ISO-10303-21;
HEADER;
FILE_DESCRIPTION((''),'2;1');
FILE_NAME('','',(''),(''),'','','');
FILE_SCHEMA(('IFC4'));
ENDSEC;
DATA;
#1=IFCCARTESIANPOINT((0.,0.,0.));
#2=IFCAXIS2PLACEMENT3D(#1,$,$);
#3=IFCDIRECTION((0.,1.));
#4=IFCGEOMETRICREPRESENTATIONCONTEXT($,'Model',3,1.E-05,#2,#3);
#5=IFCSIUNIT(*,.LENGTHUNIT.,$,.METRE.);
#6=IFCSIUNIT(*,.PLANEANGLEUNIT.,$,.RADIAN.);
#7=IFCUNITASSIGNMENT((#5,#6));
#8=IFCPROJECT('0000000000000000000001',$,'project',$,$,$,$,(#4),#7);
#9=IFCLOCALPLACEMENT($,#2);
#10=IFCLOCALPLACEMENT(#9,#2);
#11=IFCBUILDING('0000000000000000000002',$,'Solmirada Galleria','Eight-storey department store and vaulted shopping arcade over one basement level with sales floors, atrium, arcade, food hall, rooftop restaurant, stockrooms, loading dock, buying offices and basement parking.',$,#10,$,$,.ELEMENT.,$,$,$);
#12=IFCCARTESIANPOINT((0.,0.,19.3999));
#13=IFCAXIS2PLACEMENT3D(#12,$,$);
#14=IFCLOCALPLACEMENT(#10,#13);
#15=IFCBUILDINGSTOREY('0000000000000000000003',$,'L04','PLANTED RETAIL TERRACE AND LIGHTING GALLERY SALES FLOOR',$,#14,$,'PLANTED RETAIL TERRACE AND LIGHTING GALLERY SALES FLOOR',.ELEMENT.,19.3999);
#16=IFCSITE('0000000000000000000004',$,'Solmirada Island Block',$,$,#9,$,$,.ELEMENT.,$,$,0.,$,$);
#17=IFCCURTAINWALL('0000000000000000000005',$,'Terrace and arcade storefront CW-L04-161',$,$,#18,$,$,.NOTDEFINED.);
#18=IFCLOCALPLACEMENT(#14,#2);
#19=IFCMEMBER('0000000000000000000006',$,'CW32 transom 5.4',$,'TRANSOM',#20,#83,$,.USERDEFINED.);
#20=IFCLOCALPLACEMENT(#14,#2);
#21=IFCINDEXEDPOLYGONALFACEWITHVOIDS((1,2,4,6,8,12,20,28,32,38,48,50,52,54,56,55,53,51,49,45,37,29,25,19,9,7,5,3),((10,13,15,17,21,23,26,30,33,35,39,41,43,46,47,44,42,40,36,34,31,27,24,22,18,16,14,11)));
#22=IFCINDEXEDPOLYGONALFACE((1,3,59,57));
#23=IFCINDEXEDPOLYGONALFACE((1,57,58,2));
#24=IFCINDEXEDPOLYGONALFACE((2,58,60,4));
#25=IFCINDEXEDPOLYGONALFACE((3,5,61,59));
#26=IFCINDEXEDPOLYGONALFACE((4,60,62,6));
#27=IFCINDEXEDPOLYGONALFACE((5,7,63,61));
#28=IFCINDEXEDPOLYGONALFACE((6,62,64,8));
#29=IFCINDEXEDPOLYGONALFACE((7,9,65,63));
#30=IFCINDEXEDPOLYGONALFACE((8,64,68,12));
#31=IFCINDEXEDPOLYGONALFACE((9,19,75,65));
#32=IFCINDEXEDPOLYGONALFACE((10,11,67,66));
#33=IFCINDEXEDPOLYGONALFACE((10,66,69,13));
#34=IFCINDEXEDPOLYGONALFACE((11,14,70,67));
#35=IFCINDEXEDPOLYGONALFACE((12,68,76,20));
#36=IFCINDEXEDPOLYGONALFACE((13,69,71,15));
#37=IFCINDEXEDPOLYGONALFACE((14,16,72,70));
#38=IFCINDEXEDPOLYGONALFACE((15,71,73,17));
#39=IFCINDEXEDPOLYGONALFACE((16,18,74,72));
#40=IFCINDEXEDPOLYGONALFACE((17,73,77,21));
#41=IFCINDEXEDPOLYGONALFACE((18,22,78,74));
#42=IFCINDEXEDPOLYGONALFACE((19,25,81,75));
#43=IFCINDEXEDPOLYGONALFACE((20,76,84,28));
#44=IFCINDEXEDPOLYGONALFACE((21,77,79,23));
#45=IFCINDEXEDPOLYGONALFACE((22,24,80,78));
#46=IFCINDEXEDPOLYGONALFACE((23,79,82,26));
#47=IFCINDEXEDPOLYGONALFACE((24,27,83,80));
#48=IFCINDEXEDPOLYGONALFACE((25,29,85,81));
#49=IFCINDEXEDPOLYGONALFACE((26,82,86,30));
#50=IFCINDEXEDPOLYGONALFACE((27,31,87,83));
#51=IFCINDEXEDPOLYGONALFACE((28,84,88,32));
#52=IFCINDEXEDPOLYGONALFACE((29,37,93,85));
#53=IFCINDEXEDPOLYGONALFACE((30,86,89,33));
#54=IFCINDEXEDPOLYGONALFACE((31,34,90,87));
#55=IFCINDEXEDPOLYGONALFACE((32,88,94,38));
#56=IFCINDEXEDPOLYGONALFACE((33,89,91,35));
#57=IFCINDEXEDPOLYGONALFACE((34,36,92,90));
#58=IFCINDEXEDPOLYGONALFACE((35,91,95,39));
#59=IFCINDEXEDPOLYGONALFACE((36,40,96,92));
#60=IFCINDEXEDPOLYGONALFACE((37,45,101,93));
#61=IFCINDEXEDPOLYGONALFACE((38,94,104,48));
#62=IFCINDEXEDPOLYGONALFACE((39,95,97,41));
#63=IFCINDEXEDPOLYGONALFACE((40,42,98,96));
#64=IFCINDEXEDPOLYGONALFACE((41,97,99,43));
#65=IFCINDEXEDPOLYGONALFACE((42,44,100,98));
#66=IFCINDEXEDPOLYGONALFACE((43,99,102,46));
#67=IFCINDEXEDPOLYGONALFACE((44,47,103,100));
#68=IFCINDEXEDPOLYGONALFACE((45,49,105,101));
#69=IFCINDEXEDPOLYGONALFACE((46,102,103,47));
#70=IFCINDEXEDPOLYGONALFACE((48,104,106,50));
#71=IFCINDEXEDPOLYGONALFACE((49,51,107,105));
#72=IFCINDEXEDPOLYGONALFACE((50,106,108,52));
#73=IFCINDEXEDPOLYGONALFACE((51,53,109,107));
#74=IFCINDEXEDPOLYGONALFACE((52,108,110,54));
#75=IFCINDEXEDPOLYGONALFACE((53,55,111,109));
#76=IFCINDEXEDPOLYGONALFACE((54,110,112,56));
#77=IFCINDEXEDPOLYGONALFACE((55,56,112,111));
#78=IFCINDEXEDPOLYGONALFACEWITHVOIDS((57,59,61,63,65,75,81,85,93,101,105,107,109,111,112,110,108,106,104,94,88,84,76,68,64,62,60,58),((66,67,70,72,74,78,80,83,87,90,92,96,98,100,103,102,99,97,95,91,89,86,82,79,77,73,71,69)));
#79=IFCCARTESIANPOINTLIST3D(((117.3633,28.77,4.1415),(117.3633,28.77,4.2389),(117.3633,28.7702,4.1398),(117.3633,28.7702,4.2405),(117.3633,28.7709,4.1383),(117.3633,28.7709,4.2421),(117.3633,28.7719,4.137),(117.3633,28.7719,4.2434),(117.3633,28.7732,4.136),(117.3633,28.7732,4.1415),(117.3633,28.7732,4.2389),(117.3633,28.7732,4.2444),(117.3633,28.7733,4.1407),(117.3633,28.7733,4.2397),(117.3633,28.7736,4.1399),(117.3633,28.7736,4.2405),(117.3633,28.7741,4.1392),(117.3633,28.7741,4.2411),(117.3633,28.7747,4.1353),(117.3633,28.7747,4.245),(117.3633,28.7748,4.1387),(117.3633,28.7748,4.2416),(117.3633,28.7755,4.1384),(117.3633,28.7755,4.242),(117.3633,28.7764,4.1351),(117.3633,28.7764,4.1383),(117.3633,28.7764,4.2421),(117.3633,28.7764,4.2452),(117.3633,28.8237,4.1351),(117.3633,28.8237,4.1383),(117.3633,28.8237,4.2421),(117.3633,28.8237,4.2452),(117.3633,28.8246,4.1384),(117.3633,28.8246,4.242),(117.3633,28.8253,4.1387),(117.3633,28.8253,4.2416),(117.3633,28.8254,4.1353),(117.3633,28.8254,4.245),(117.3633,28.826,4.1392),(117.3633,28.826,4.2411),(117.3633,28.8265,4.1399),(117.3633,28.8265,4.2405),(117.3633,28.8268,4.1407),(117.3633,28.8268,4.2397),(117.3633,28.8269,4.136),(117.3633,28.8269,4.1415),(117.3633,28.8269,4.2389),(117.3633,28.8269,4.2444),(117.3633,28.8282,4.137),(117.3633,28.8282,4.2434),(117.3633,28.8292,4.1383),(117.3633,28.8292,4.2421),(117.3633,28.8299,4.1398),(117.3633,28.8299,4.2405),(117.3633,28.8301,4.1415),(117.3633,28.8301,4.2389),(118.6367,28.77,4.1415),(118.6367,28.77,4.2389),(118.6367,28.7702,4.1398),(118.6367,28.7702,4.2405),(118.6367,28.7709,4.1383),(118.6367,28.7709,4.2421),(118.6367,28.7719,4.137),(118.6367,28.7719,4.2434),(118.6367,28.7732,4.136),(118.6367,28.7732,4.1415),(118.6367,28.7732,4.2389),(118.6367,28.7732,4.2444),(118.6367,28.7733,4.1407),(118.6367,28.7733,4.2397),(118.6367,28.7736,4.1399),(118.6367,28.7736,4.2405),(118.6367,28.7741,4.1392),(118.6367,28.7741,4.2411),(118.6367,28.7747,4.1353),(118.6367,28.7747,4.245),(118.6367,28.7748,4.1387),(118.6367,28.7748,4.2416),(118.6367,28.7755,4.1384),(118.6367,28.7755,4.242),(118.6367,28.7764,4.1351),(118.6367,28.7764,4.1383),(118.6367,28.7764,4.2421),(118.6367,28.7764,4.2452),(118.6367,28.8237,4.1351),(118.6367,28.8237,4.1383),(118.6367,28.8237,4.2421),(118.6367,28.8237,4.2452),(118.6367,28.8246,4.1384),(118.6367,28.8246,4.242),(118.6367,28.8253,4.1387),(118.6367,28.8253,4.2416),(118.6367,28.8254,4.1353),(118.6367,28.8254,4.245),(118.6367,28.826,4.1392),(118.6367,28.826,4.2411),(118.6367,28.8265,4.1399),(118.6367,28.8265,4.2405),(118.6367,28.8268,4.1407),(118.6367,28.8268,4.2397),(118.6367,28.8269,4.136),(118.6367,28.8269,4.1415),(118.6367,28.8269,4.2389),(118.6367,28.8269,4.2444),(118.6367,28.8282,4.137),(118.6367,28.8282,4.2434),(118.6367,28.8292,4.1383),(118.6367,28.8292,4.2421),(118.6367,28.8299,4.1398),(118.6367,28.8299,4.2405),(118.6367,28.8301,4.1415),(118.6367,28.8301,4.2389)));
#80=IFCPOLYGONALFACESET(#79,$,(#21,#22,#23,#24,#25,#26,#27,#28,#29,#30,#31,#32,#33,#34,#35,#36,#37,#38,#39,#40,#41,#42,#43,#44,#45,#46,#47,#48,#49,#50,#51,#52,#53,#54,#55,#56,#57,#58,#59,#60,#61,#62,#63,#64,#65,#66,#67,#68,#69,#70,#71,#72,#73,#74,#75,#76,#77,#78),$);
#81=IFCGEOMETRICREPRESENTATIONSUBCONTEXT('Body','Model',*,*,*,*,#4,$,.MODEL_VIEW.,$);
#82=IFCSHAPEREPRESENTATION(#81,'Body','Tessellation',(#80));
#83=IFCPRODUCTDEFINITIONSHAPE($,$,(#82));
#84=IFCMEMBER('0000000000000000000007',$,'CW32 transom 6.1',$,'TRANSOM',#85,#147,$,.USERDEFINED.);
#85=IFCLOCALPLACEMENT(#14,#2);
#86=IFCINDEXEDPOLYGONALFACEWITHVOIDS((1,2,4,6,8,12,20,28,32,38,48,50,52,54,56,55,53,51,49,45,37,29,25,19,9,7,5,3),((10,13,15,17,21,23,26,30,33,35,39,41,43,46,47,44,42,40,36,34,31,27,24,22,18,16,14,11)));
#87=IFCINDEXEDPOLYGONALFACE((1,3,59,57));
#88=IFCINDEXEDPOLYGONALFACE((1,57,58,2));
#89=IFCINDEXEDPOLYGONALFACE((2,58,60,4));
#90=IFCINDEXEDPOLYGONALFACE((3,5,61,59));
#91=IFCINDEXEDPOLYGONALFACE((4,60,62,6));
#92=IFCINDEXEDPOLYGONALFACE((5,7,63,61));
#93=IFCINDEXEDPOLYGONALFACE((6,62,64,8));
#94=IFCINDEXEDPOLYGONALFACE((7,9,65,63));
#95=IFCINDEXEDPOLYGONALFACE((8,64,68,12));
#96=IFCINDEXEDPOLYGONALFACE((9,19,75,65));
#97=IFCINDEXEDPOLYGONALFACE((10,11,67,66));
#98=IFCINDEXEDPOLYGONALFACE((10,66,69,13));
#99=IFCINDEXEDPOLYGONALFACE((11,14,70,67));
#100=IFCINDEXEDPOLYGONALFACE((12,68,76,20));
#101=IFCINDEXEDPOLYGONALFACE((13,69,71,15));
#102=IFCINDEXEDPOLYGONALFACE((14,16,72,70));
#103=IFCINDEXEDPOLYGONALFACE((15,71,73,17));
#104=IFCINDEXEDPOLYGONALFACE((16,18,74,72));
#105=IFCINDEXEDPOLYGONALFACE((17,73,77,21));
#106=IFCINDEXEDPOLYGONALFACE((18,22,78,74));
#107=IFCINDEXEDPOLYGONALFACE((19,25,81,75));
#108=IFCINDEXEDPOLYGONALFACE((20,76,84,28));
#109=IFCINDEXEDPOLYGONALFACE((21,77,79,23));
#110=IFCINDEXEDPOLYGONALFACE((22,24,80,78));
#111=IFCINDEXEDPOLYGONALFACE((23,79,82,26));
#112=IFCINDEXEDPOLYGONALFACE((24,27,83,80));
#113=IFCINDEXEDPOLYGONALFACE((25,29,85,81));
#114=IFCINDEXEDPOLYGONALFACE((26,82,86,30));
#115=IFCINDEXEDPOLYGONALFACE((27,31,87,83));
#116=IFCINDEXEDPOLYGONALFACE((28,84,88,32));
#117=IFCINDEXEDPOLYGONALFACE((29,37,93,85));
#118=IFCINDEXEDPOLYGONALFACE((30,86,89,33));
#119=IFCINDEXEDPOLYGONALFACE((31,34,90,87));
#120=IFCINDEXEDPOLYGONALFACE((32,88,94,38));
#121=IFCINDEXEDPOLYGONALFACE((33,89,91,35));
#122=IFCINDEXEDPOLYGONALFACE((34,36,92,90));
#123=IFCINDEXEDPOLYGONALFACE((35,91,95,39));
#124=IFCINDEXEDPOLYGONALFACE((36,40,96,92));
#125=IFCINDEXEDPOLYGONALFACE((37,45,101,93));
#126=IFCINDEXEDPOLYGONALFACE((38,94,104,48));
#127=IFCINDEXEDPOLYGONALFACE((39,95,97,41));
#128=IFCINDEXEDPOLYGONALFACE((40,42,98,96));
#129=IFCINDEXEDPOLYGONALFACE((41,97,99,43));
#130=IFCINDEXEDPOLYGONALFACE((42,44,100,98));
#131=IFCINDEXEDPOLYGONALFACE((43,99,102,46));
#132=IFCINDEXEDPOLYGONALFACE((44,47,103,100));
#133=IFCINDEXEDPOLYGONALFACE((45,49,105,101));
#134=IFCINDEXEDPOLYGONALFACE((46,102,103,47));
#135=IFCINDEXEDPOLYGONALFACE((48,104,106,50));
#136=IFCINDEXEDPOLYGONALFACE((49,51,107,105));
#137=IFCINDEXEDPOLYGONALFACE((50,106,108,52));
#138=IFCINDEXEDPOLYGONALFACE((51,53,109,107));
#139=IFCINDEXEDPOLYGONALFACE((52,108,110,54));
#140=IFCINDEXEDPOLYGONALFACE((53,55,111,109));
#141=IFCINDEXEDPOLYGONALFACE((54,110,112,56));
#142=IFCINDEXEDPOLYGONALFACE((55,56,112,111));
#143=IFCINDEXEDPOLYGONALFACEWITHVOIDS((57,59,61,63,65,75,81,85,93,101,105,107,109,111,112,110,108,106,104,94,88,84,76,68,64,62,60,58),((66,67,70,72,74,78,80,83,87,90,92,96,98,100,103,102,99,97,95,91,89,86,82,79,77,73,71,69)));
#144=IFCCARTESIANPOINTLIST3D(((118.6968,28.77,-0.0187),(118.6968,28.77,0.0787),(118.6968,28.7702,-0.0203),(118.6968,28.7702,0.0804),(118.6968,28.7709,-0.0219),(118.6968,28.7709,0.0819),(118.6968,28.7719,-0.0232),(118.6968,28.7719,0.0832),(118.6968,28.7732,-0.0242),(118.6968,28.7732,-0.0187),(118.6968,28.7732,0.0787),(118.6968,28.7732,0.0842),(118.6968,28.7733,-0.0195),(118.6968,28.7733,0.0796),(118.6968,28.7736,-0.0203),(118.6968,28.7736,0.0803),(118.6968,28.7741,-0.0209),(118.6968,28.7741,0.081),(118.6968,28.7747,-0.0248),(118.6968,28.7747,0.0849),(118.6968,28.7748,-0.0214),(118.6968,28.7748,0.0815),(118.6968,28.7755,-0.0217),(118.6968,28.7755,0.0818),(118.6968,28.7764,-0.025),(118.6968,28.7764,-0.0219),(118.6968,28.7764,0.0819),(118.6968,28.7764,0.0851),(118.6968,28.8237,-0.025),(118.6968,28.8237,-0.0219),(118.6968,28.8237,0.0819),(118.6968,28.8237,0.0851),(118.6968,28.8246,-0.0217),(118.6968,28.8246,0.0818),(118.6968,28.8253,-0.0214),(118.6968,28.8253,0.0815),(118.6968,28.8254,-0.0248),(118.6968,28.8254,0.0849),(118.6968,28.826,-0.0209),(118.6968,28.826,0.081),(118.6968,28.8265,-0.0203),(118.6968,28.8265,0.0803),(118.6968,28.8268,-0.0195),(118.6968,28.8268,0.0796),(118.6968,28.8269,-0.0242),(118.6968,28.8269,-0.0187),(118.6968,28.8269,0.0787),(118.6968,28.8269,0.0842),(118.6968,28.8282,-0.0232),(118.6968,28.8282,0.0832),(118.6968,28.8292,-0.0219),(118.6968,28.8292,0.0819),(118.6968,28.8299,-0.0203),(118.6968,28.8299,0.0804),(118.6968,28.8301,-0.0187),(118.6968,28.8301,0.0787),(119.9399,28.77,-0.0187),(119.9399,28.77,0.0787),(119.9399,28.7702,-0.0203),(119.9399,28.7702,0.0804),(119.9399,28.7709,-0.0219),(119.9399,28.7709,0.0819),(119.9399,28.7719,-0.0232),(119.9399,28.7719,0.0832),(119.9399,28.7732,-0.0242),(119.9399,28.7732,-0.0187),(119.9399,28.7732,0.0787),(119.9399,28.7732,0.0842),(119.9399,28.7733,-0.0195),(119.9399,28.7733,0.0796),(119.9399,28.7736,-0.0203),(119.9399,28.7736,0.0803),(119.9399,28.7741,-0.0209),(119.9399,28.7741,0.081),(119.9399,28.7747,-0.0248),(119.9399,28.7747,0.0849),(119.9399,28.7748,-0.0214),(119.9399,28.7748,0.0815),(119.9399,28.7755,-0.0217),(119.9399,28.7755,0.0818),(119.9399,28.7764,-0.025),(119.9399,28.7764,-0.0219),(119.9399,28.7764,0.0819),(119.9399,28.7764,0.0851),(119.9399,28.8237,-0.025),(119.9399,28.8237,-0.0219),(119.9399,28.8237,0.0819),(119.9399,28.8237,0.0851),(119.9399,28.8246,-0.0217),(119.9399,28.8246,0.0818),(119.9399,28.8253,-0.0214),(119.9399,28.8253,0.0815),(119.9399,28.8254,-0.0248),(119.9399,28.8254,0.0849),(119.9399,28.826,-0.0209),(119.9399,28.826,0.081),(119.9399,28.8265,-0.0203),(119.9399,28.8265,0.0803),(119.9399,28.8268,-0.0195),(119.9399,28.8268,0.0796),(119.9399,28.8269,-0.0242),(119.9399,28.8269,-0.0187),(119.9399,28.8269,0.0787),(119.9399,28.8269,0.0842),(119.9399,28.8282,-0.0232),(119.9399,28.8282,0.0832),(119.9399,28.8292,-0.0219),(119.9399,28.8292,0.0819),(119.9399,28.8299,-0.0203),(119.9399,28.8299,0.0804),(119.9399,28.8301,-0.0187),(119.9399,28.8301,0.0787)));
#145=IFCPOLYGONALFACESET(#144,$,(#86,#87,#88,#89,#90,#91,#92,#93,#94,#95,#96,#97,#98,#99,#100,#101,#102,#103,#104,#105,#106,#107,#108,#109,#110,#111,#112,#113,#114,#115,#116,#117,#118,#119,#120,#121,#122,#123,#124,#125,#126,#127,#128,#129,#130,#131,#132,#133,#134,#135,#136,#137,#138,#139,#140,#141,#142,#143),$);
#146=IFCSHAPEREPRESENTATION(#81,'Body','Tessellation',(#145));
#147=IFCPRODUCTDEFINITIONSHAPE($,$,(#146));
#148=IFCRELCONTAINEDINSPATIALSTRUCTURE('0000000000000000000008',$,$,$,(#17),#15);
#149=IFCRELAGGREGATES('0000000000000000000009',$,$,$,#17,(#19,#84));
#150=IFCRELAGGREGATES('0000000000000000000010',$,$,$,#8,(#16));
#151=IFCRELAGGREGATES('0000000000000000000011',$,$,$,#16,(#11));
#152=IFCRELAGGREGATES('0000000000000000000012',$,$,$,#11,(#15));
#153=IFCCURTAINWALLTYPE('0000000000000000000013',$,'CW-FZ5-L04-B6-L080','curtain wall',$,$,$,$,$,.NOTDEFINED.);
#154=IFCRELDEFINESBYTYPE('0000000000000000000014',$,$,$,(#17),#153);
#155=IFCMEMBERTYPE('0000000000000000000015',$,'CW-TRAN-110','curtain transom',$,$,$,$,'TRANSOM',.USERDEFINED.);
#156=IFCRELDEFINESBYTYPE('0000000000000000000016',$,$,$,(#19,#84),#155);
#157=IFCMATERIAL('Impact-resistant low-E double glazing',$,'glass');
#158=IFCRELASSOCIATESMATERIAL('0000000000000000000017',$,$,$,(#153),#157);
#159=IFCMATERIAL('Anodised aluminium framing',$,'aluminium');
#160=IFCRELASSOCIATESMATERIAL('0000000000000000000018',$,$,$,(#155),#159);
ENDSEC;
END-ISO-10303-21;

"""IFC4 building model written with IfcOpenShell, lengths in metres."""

from ifc_helpers import new_model, si_unit, direction, frame, origin, origin_2d, place, context, subcontext, project, spatial, hollow_rectangle, extrude, material, material_profile, profile_set, type_object, element, aggregate, save


model = new_model("IFC4")

# Units and contexts
model_context = context("Model", 3, precision=1e-05, world=origin(), true_north=direction((0.0, 1.0)))
body_context = subcontext(model_context, "Body", "Model", "MODEL_VIEW")
ifc_project = project(units=[si_unit("LENGTHUNIT", "METRE"), si_unit("PLANEANGLEUNIT", "RADIAN")], contexts=[model_context])

# Site, building, storey
site_placement = place(None, origin())
site = spatial("IfcSite", under=ifc_project, at=site_placement, Name="Solmirada Island Block", CompositionType="ELEMENT", RefElevation=0.0)
building_placement = place(site_placement, origin())
building = spatial("IfcBuilding", under=site, at=building_placement, Name="Solmirada Galleria", Description="Eight-storey department store and vaulted shopping arcade over one basement level with sales floors, atrium, arcade, food hall, rooftop restaurant, stockrooms, loading dock, buying offices and basement parking.", CompositionType="ELEMENT")
storey_placement = place(building_placement, frame((0.0, 0.0, 19.3999)))
storey = spatial("IfcBuildingStorey", under=building, at=storey_placement, Name="L04", Description="PLANTED RETAIL TERRACE AND LIGHTING GALLERY SALES FLOOR", LongName="PLANTED RETAIL TERRACE AND LIGHTING GALLERY SALES FLOOR", CompositionType="ELEMENT", Elevation=19.3999)

# Curtain wall, members
ifc_material_1 = material(Name="Impact-resistant low-E double glazing", Category="glass")
curtain_wall_type = type_object("IfcCurtainWallType", Name="CW-FZ5-L04-B6-L080", Description="curtain wall", PredefinedType="NOTDEFINED", material=ifc_material_1)
curtain_wall_placement = place(storey_placement, origin())
curtain_wall = element("IfcCurtainWall", 1, at=curtain_wall_placement, inside=storey, type_object=curtain_wall_type, Name="Terrace and arcade storefront CW-L04-161", PredefinedType="NOTDEFINED")
ifc_material_2 = material(Name="Anodised aluminium framing", Category="aluminium")
ifc_material_profile_1 = material_profile(ifc_material_2, hollow_rectangle(XDim=0.0601, YDim=0.1101, WallThickness=0.0032, InnerFilletRadius=0.0032, OuterFilletRadius=0.0063, at=origin_2d()), Name="ALU-TRAN-110X60")
ifc_profile_set_1 = profile_set([ifc_material_profile_1], Name="Anodised aluminium framing")
member_type_1 = type_object("IfcMemberType", Name="CW-TRAN-110", Description="curtain transom", ElementType="TRANSOM", PredefinedType="USERDEFINED", material=ifc_profile_set_1)
member_1_placement = place(storey_placement, frame((117.3633, 28.8, 4.1902), z_axis=(1.0, 0.0, 0.0), x_axis=(0.0, 1.0, 0.0)))
member_1 = element("IfcMember", 2, at=member_1_placement, type_object=member_type_1, Name="CW32 transom 5.4", ObjectType="TRANSOM", PredefinedType="USERDEFINED", context=body_context, shape_type="SweptSolid", body=[
    extrude(hollow_rectangle(XDim=0.0601, YDim=0.1101, WallThickness=0.0032, InnerFilletRadius=0.0032, OuterFilletRadius=0.0063, at=origin_2d()), origin(), (0.0, 0.0, 1.0), 1.2734),
])
member_2_placement = place(storey_placement, frame((118.6968, 28.8, 0.03), z_axis=(1.0, 0.0, 0.0), x_axis=(0.0, 1.0, 0.0)))
member_2 = element("IfcMember", 3, at=member_2_placement, type_object=member_type_1, Name="CW32 transom 6.1", ObjectType="TRANSOM", PredefinedType="USERDEFINED", context=body_context, shape_type="SweptSolid", body=[
    extrude(hollow_rectangle(XDim=0.0601, YDim=0.1101, WallThickness=0.0032, InnerFilletRadius=0.0032, OuterFilletRadius=0.0063, at=origin_2d()), origin(), (0.0, 0.0, 1.0), 1.2432),
])
aggregate(curtain_wall, [member_1, member_2])

save(model, "model.ifc")
